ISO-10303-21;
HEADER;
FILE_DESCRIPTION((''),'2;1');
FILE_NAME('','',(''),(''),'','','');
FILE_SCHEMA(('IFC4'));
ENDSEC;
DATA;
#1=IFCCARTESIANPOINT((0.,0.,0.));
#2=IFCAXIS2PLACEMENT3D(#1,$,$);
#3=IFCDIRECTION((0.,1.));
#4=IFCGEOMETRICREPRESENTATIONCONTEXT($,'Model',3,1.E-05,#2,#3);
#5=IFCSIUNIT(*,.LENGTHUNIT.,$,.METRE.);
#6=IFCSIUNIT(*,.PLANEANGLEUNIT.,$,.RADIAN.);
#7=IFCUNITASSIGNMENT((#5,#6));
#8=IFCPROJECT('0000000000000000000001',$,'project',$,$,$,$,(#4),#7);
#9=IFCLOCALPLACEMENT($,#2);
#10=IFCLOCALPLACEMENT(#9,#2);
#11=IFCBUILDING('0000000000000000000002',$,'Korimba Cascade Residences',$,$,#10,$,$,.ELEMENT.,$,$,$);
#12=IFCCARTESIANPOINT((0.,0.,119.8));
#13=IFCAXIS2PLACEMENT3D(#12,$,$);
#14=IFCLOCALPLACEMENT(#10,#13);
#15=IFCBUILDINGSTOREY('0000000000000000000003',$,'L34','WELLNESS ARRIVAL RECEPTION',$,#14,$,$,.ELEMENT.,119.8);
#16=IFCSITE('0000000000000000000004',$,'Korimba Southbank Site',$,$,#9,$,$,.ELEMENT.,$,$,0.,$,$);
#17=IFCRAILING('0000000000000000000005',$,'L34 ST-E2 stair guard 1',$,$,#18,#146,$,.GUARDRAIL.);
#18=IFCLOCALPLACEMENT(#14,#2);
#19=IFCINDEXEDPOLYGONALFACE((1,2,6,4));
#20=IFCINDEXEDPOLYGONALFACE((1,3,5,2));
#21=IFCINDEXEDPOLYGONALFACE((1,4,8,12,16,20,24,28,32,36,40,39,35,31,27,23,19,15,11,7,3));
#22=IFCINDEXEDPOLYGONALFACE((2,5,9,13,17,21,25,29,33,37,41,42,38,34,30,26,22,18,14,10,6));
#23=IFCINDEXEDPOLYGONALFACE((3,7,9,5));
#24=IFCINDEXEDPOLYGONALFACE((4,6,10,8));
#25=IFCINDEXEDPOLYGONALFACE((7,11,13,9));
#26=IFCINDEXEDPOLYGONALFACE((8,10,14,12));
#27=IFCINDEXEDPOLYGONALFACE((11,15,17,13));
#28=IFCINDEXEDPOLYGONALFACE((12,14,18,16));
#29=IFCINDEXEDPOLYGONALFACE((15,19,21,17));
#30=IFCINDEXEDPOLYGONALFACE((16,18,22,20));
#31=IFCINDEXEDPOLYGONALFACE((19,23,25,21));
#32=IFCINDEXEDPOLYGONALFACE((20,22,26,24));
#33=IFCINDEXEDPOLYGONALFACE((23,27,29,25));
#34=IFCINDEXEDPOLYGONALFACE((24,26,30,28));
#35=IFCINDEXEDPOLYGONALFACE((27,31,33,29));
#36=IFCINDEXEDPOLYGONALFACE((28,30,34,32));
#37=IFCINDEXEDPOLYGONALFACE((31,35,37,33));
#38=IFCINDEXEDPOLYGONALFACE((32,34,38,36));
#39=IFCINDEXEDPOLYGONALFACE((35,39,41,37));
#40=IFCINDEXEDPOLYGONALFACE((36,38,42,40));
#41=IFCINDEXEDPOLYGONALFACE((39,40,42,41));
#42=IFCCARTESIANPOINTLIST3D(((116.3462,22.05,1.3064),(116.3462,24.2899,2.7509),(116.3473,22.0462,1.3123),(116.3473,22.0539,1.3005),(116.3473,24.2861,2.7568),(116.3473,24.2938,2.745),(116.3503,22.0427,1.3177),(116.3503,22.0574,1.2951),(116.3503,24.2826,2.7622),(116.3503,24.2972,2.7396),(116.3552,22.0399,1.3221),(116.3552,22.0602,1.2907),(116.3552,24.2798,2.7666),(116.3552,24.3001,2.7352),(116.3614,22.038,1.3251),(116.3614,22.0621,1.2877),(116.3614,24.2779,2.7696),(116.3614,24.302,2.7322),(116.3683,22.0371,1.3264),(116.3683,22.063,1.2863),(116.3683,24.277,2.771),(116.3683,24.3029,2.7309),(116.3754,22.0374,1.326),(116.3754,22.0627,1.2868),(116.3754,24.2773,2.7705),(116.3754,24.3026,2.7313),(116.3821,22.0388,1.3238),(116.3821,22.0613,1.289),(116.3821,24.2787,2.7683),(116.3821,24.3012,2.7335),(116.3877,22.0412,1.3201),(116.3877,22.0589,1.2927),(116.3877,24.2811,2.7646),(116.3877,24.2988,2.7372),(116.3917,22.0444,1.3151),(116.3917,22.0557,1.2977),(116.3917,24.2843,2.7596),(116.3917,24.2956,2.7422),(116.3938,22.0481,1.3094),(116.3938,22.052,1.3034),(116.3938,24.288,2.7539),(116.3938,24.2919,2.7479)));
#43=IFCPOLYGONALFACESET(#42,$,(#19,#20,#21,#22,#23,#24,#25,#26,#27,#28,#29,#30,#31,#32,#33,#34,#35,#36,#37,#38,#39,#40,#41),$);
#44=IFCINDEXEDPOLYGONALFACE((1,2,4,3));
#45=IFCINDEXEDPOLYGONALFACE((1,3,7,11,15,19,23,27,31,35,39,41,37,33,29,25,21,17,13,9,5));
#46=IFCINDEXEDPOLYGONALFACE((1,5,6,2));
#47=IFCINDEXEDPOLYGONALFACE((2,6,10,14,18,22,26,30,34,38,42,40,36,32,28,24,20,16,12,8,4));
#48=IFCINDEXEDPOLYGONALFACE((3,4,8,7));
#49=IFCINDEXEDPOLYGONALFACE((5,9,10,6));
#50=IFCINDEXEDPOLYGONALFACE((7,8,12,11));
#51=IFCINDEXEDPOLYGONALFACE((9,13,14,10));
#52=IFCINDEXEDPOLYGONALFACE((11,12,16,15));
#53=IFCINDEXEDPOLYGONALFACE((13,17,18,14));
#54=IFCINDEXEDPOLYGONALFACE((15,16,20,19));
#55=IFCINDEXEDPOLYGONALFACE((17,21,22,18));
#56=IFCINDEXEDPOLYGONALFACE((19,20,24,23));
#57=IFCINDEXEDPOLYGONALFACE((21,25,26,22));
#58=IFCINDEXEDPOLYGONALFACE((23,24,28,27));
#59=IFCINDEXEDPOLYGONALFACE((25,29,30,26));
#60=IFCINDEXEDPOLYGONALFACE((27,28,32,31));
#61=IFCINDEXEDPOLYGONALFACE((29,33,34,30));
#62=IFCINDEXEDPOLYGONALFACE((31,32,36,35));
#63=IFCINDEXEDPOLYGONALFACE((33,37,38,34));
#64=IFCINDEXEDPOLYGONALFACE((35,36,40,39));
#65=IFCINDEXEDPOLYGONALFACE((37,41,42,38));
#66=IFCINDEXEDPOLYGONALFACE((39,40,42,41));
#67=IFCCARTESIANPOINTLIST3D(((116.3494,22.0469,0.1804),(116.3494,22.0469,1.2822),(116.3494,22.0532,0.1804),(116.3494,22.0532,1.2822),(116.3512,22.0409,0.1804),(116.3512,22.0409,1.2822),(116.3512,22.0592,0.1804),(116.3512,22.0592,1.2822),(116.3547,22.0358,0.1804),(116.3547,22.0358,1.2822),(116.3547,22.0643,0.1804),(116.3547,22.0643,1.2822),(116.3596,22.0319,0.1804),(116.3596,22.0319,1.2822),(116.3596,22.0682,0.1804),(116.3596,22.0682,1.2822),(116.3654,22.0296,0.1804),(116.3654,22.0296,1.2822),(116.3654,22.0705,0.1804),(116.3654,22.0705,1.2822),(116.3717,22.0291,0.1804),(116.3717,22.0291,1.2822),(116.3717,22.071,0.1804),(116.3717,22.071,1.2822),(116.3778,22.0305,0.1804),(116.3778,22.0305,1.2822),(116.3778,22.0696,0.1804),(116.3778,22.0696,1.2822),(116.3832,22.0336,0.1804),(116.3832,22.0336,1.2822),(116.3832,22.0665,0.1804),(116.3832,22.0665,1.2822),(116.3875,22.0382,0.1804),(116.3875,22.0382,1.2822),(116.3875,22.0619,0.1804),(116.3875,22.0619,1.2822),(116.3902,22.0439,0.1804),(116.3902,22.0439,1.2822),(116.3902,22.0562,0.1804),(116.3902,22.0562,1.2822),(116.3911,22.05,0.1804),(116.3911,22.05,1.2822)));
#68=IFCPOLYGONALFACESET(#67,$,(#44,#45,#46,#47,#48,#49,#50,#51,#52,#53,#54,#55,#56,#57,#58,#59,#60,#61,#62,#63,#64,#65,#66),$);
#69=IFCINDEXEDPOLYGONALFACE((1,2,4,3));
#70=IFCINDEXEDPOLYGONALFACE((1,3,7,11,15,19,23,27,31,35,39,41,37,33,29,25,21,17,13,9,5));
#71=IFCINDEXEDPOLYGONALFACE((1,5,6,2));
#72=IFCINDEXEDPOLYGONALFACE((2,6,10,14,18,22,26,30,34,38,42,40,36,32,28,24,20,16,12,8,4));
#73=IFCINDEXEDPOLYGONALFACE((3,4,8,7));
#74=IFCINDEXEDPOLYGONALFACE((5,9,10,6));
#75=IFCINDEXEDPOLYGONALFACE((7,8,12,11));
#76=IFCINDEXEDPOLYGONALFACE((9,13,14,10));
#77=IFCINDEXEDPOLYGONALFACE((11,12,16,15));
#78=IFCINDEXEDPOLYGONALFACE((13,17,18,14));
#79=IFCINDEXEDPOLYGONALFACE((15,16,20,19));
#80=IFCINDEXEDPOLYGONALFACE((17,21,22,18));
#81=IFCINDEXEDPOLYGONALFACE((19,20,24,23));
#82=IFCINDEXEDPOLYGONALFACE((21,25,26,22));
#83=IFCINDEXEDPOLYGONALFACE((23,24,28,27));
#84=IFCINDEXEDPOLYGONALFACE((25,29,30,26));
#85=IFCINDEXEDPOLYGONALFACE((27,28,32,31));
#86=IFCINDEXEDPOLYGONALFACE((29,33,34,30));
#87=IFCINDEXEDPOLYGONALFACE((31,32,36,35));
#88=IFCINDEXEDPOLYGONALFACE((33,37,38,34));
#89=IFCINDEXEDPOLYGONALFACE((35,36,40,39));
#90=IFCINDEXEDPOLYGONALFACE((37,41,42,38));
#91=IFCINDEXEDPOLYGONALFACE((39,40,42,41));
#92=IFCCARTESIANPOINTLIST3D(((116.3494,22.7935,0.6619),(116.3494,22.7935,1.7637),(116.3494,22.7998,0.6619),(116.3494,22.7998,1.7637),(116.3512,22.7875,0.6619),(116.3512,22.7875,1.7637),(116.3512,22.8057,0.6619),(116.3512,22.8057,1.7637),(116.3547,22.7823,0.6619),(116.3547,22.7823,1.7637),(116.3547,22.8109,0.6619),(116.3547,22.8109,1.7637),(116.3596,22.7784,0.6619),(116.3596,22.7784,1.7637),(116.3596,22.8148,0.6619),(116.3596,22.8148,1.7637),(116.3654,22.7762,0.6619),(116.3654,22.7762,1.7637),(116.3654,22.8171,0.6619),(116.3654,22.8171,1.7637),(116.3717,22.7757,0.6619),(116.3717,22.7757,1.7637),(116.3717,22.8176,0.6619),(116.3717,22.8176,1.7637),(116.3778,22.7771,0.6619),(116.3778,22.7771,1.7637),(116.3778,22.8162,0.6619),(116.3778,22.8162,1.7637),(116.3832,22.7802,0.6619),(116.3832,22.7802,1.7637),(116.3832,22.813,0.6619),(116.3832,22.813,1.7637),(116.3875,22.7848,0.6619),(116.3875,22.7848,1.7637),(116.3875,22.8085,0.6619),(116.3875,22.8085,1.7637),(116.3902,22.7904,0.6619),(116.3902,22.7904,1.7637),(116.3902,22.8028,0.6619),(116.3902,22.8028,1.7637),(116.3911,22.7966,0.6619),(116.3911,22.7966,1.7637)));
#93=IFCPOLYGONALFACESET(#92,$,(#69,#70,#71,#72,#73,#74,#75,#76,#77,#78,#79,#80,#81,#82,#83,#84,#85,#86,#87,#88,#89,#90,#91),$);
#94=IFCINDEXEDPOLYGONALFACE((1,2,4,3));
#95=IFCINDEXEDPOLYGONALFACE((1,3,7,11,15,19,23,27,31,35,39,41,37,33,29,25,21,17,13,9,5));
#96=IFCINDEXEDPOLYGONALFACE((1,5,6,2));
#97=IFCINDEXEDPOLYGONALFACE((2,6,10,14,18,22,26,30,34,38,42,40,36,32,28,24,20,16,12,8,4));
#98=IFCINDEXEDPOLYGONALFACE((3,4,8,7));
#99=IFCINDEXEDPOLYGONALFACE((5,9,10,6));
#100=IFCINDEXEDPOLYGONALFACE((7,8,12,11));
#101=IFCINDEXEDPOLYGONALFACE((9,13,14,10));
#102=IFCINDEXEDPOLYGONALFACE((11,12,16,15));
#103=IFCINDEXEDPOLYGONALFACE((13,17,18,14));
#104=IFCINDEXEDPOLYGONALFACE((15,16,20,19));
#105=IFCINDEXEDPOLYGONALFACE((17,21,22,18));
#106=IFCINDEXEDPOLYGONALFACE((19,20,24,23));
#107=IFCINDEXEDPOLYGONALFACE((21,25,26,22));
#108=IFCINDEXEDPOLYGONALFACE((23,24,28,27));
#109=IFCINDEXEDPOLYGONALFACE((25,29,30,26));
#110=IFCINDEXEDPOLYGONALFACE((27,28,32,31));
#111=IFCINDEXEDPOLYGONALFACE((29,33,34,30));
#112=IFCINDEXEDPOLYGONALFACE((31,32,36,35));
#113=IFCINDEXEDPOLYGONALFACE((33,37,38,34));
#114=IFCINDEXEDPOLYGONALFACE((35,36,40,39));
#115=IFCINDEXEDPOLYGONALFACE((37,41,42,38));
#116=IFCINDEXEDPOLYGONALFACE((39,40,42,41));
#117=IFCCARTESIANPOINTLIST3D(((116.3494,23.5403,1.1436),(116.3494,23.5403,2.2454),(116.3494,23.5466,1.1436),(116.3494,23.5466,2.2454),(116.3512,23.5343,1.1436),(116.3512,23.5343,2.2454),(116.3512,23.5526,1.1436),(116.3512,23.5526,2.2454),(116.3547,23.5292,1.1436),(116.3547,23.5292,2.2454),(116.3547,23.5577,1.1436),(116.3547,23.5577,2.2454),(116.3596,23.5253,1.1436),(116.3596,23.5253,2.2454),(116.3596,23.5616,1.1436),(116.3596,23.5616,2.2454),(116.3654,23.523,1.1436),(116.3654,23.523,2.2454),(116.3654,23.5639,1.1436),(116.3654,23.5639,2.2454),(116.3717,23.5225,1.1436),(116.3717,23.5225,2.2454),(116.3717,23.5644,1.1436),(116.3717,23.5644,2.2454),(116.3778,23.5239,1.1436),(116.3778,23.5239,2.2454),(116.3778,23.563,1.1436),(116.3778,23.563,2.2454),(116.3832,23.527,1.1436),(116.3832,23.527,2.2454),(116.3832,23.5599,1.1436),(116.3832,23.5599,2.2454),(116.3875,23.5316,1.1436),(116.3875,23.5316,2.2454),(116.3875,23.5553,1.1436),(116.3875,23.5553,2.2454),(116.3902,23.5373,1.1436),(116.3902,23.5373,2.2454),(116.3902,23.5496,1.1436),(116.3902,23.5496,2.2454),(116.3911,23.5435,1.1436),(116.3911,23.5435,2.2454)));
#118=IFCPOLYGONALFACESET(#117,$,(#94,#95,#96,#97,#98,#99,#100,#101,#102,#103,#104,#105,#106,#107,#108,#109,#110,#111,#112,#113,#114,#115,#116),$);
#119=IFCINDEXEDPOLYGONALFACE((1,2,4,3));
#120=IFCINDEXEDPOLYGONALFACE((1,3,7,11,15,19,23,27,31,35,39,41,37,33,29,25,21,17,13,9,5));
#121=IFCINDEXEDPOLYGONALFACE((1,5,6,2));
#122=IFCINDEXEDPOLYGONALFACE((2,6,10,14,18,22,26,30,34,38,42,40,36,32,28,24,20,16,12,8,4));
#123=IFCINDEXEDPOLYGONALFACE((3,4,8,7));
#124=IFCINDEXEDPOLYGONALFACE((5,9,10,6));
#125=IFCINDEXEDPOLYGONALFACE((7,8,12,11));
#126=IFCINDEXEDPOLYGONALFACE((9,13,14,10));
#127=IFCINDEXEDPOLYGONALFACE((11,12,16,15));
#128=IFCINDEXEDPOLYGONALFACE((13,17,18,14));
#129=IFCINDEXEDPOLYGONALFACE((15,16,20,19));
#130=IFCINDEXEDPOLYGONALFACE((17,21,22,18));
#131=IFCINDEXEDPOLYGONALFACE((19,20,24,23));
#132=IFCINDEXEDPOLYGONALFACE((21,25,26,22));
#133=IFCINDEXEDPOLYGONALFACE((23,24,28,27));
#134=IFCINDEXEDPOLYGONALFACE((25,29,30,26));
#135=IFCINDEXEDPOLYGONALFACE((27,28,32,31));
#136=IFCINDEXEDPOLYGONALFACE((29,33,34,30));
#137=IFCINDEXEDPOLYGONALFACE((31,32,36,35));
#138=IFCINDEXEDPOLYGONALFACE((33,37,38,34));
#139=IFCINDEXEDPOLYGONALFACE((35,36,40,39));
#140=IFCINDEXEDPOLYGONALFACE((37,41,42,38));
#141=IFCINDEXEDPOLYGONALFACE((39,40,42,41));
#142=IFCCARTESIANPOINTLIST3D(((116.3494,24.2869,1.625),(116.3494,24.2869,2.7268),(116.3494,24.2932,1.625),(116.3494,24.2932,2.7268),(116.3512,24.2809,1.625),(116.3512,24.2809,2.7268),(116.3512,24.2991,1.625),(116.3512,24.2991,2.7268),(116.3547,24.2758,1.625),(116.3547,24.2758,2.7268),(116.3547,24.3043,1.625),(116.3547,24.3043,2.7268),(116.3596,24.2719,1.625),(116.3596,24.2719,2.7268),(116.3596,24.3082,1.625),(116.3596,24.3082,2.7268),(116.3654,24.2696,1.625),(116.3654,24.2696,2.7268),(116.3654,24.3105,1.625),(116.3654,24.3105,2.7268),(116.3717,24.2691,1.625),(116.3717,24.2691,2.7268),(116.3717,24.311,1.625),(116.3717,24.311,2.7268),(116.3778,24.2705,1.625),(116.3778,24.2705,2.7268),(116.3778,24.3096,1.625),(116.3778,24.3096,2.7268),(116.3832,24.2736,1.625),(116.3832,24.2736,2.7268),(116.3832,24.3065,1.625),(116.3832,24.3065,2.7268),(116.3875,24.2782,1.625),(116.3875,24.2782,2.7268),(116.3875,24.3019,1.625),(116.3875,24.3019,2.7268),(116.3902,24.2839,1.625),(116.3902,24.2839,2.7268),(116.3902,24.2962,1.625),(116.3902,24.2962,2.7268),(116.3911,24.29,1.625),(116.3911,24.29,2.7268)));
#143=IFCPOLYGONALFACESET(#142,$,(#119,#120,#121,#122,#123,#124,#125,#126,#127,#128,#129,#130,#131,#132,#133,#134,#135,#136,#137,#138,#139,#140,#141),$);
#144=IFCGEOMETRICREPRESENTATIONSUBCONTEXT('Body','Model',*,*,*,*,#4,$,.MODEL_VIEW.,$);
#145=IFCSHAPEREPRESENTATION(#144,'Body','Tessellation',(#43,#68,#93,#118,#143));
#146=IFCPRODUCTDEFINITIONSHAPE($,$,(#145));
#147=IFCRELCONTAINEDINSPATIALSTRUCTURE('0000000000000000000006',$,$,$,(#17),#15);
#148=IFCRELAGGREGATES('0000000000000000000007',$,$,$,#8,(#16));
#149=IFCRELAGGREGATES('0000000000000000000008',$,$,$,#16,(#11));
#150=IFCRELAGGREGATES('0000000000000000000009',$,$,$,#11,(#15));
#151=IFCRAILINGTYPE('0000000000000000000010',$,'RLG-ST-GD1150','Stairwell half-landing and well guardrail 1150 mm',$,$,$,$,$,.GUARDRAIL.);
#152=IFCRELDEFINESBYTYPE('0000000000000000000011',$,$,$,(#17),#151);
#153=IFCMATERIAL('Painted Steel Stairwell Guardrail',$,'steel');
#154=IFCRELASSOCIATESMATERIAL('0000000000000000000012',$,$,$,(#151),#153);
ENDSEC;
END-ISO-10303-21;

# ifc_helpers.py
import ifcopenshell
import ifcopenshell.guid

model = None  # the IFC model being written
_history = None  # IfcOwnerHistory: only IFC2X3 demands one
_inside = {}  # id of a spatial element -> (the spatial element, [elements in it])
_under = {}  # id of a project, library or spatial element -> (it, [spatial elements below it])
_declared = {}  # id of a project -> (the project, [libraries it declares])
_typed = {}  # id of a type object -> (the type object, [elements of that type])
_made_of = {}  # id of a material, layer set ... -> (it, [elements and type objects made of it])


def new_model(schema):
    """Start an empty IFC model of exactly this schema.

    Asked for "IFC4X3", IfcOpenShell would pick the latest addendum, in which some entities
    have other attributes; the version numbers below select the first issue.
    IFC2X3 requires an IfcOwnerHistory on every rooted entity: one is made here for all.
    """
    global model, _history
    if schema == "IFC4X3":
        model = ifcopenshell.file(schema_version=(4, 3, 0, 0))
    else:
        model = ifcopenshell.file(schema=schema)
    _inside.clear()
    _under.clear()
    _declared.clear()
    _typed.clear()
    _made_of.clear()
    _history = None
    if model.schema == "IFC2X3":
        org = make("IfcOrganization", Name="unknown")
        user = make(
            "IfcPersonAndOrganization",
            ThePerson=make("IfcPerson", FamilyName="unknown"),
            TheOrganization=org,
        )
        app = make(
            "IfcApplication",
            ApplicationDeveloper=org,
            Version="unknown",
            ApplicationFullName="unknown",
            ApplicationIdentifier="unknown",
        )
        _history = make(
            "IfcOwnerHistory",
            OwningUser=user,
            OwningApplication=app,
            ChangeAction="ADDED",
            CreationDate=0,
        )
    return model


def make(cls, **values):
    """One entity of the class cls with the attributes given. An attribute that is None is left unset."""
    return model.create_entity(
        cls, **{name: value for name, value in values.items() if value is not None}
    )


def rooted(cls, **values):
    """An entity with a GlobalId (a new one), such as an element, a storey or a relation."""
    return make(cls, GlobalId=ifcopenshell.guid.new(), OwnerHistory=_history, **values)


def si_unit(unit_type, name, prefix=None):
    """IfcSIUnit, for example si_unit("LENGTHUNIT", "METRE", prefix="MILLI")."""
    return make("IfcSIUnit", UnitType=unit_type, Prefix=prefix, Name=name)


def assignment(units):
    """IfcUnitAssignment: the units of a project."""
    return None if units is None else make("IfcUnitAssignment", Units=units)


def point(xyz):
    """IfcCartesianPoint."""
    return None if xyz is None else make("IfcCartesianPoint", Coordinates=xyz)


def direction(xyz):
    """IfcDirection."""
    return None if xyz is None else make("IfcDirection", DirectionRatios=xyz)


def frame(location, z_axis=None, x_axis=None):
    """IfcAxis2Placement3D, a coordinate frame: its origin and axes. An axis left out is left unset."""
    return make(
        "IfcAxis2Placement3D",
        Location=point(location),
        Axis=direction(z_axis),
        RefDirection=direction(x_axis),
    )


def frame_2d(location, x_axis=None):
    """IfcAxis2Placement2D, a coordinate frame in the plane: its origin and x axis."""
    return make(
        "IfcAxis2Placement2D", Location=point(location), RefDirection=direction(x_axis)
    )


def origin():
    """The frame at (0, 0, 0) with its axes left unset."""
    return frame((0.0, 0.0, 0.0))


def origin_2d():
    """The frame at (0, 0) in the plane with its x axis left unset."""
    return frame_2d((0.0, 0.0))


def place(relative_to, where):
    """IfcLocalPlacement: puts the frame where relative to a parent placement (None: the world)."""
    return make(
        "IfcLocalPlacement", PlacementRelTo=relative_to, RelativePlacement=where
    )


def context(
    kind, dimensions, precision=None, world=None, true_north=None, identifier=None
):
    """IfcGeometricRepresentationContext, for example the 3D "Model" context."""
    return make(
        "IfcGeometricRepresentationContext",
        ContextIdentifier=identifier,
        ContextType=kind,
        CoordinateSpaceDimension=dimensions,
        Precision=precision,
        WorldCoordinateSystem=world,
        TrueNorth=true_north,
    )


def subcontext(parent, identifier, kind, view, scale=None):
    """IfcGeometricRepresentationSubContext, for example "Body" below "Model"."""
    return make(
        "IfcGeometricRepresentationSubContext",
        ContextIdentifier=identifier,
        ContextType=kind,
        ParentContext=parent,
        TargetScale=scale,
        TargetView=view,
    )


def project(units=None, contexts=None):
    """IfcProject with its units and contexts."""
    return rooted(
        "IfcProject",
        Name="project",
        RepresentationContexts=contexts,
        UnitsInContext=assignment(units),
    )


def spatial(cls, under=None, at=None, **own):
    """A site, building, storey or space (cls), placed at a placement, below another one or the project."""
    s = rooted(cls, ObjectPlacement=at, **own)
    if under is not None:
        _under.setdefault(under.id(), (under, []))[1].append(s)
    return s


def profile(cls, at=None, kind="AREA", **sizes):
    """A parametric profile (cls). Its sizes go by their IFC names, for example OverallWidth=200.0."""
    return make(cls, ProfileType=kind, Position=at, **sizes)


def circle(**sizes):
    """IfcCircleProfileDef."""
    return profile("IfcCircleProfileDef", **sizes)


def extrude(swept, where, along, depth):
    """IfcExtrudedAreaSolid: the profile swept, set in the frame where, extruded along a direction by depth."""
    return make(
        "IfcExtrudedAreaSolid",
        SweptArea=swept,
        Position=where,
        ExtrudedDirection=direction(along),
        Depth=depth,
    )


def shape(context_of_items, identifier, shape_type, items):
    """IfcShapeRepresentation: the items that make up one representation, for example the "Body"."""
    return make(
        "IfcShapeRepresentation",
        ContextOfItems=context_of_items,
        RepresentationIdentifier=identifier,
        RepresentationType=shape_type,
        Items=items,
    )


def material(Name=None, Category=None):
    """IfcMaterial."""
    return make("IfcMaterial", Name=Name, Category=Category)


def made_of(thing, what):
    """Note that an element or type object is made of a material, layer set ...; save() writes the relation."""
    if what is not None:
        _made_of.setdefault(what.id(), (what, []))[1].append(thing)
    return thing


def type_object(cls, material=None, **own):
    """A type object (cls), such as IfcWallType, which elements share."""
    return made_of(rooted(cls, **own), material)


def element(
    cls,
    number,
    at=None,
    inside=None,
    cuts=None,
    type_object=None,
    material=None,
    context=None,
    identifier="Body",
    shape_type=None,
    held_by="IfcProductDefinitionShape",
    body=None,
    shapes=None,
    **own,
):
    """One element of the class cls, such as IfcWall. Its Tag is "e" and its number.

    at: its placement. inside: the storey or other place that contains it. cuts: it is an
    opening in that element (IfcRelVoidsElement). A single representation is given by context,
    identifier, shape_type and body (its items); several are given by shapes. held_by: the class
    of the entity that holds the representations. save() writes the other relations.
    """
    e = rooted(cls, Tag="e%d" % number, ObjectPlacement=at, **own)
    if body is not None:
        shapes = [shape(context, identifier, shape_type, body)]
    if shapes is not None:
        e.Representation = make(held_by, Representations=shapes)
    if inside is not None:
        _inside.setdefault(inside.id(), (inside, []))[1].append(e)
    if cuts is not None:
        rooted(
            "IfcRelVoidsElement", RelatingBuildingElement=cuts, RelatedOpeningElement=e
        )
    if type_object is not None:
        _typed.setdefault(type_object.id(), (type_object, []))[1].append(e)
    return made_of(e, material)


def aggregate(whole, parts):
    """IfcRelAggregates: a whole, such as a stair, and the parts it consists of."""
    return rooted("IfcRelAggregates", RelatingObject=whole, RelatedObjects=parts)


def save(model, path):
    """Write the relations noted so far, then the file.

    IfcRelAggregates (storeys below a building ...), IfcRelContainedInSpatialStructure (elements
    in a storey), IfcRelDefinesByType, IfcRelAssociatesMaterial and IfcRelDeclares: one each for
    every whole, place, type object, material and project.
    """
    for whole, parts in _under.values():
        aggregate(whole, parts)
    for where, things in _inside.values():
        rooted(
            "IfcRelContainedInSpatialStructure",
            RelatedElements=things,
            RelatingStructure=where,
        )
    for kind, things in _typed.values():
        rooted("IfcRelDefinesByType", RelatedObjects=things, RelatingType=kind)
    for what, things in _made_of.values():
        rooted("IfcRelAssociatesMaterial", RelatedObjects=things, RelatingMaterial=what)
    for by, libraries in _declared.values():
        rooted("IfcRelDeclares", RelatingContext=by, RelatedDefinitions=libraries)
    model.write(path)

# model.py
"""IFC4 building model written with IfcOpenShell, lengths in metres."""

from ifc_helpers import new_model, si_unit, direction, frame, origin, origin_2d, place, context, subcontext, project, spatial, circle, extrude, material, type_object, element, save


model = new_model("IFC4")

# Units and contexts
model_context = context("Model", 3, precision=1e-05, world=origin(), true_north=direction((0.0, 1.0)))
body_context = subcontext(model_context, "Body", "Model", "MODEL_VIEW")
ifc_project = project(units=[si_unit("LENGTHUNIT", "METRE"), si_unit("PLANEANGLEUNIT", "RADIAN")], contexts=[model_context])

# Site, building, storey
site_placement = place(None, origin())
site = spatial("IfcSite", under=ifc_project, at=site_placement, Name="Korimba Southbank Site", CompositionType="ELEMENT", RefElevation=0.0)
building_placement = place(site_placement, origin())
building = spatial("IfcBuilding", under=site, at=building_placement, Name="Korimba Cascade Residences", CompositionType="ELEMENT")
storey_placement = place(building_placement, frame((0.0, 0.0, 119.8)))
storey = spatial("IfcBuildingStorey", under=building, at=storey_placement, Name="L34", Description="WELLNESS ARRIVAL RECEPTION", CompositionType="ELEMENT", Elevation=119.8)

# Railing
ifc_material_1 = material(Name="Painted Steel Stairwell Guardrail", Category="steel")
railing_type_1 = type_object("IfcRailingType", Name="RLG-ST-GD1150", Description="Stairwell half-landing and well guardrail 1150 mm", PredefinedType="GUARDRAIL", material=ifc_material_1)
railing_1_placement = place(storey_placement, frame((116.3701, 22.05, 0.1804)))
element("IfcRailing", 1, at=railing_1_placement, inside=storey, type_object=railing_type_1, Name="L34 ST-E2 stair guard 1", PredefinedType="GUARDRAIL", context=body_context, shape_type="SweptSolid", body=[
    extrude(circle(Radius=0.0239, at=origin_2d()), frame((0.0, 0.0, 1.126), z_axis=(0.0, 0.840395, 0.541975), x_axis=(-1.0, 0.0, 0.0)), (0.0, 0.0, 1.0), 2.6653),
    extrude(circle(Radius=0.021, at=origin_2d()), origin(), (0.0, 0.0, 1.0), 1.1018),
    extrude(circle(Radius=0.021, at=origin_2d()), frame((0.0, 0.7466, 0.4814)), (0.0, 0.0, 1.0), 1.1018),
    extrude(circle(Radius=0.021, at=origin_2d()), frame((0.0, 1.4934, 0.9631)), (0.0, 0.0, 1.0), 1.1018),
    extrude(circle(Radius=0.021, at=origin_2d()), frame((0.0, 2.24, 1.4446)), (0.0, 0.0, 1.0), 1.1018),
])

save(model, "model.ifc")
